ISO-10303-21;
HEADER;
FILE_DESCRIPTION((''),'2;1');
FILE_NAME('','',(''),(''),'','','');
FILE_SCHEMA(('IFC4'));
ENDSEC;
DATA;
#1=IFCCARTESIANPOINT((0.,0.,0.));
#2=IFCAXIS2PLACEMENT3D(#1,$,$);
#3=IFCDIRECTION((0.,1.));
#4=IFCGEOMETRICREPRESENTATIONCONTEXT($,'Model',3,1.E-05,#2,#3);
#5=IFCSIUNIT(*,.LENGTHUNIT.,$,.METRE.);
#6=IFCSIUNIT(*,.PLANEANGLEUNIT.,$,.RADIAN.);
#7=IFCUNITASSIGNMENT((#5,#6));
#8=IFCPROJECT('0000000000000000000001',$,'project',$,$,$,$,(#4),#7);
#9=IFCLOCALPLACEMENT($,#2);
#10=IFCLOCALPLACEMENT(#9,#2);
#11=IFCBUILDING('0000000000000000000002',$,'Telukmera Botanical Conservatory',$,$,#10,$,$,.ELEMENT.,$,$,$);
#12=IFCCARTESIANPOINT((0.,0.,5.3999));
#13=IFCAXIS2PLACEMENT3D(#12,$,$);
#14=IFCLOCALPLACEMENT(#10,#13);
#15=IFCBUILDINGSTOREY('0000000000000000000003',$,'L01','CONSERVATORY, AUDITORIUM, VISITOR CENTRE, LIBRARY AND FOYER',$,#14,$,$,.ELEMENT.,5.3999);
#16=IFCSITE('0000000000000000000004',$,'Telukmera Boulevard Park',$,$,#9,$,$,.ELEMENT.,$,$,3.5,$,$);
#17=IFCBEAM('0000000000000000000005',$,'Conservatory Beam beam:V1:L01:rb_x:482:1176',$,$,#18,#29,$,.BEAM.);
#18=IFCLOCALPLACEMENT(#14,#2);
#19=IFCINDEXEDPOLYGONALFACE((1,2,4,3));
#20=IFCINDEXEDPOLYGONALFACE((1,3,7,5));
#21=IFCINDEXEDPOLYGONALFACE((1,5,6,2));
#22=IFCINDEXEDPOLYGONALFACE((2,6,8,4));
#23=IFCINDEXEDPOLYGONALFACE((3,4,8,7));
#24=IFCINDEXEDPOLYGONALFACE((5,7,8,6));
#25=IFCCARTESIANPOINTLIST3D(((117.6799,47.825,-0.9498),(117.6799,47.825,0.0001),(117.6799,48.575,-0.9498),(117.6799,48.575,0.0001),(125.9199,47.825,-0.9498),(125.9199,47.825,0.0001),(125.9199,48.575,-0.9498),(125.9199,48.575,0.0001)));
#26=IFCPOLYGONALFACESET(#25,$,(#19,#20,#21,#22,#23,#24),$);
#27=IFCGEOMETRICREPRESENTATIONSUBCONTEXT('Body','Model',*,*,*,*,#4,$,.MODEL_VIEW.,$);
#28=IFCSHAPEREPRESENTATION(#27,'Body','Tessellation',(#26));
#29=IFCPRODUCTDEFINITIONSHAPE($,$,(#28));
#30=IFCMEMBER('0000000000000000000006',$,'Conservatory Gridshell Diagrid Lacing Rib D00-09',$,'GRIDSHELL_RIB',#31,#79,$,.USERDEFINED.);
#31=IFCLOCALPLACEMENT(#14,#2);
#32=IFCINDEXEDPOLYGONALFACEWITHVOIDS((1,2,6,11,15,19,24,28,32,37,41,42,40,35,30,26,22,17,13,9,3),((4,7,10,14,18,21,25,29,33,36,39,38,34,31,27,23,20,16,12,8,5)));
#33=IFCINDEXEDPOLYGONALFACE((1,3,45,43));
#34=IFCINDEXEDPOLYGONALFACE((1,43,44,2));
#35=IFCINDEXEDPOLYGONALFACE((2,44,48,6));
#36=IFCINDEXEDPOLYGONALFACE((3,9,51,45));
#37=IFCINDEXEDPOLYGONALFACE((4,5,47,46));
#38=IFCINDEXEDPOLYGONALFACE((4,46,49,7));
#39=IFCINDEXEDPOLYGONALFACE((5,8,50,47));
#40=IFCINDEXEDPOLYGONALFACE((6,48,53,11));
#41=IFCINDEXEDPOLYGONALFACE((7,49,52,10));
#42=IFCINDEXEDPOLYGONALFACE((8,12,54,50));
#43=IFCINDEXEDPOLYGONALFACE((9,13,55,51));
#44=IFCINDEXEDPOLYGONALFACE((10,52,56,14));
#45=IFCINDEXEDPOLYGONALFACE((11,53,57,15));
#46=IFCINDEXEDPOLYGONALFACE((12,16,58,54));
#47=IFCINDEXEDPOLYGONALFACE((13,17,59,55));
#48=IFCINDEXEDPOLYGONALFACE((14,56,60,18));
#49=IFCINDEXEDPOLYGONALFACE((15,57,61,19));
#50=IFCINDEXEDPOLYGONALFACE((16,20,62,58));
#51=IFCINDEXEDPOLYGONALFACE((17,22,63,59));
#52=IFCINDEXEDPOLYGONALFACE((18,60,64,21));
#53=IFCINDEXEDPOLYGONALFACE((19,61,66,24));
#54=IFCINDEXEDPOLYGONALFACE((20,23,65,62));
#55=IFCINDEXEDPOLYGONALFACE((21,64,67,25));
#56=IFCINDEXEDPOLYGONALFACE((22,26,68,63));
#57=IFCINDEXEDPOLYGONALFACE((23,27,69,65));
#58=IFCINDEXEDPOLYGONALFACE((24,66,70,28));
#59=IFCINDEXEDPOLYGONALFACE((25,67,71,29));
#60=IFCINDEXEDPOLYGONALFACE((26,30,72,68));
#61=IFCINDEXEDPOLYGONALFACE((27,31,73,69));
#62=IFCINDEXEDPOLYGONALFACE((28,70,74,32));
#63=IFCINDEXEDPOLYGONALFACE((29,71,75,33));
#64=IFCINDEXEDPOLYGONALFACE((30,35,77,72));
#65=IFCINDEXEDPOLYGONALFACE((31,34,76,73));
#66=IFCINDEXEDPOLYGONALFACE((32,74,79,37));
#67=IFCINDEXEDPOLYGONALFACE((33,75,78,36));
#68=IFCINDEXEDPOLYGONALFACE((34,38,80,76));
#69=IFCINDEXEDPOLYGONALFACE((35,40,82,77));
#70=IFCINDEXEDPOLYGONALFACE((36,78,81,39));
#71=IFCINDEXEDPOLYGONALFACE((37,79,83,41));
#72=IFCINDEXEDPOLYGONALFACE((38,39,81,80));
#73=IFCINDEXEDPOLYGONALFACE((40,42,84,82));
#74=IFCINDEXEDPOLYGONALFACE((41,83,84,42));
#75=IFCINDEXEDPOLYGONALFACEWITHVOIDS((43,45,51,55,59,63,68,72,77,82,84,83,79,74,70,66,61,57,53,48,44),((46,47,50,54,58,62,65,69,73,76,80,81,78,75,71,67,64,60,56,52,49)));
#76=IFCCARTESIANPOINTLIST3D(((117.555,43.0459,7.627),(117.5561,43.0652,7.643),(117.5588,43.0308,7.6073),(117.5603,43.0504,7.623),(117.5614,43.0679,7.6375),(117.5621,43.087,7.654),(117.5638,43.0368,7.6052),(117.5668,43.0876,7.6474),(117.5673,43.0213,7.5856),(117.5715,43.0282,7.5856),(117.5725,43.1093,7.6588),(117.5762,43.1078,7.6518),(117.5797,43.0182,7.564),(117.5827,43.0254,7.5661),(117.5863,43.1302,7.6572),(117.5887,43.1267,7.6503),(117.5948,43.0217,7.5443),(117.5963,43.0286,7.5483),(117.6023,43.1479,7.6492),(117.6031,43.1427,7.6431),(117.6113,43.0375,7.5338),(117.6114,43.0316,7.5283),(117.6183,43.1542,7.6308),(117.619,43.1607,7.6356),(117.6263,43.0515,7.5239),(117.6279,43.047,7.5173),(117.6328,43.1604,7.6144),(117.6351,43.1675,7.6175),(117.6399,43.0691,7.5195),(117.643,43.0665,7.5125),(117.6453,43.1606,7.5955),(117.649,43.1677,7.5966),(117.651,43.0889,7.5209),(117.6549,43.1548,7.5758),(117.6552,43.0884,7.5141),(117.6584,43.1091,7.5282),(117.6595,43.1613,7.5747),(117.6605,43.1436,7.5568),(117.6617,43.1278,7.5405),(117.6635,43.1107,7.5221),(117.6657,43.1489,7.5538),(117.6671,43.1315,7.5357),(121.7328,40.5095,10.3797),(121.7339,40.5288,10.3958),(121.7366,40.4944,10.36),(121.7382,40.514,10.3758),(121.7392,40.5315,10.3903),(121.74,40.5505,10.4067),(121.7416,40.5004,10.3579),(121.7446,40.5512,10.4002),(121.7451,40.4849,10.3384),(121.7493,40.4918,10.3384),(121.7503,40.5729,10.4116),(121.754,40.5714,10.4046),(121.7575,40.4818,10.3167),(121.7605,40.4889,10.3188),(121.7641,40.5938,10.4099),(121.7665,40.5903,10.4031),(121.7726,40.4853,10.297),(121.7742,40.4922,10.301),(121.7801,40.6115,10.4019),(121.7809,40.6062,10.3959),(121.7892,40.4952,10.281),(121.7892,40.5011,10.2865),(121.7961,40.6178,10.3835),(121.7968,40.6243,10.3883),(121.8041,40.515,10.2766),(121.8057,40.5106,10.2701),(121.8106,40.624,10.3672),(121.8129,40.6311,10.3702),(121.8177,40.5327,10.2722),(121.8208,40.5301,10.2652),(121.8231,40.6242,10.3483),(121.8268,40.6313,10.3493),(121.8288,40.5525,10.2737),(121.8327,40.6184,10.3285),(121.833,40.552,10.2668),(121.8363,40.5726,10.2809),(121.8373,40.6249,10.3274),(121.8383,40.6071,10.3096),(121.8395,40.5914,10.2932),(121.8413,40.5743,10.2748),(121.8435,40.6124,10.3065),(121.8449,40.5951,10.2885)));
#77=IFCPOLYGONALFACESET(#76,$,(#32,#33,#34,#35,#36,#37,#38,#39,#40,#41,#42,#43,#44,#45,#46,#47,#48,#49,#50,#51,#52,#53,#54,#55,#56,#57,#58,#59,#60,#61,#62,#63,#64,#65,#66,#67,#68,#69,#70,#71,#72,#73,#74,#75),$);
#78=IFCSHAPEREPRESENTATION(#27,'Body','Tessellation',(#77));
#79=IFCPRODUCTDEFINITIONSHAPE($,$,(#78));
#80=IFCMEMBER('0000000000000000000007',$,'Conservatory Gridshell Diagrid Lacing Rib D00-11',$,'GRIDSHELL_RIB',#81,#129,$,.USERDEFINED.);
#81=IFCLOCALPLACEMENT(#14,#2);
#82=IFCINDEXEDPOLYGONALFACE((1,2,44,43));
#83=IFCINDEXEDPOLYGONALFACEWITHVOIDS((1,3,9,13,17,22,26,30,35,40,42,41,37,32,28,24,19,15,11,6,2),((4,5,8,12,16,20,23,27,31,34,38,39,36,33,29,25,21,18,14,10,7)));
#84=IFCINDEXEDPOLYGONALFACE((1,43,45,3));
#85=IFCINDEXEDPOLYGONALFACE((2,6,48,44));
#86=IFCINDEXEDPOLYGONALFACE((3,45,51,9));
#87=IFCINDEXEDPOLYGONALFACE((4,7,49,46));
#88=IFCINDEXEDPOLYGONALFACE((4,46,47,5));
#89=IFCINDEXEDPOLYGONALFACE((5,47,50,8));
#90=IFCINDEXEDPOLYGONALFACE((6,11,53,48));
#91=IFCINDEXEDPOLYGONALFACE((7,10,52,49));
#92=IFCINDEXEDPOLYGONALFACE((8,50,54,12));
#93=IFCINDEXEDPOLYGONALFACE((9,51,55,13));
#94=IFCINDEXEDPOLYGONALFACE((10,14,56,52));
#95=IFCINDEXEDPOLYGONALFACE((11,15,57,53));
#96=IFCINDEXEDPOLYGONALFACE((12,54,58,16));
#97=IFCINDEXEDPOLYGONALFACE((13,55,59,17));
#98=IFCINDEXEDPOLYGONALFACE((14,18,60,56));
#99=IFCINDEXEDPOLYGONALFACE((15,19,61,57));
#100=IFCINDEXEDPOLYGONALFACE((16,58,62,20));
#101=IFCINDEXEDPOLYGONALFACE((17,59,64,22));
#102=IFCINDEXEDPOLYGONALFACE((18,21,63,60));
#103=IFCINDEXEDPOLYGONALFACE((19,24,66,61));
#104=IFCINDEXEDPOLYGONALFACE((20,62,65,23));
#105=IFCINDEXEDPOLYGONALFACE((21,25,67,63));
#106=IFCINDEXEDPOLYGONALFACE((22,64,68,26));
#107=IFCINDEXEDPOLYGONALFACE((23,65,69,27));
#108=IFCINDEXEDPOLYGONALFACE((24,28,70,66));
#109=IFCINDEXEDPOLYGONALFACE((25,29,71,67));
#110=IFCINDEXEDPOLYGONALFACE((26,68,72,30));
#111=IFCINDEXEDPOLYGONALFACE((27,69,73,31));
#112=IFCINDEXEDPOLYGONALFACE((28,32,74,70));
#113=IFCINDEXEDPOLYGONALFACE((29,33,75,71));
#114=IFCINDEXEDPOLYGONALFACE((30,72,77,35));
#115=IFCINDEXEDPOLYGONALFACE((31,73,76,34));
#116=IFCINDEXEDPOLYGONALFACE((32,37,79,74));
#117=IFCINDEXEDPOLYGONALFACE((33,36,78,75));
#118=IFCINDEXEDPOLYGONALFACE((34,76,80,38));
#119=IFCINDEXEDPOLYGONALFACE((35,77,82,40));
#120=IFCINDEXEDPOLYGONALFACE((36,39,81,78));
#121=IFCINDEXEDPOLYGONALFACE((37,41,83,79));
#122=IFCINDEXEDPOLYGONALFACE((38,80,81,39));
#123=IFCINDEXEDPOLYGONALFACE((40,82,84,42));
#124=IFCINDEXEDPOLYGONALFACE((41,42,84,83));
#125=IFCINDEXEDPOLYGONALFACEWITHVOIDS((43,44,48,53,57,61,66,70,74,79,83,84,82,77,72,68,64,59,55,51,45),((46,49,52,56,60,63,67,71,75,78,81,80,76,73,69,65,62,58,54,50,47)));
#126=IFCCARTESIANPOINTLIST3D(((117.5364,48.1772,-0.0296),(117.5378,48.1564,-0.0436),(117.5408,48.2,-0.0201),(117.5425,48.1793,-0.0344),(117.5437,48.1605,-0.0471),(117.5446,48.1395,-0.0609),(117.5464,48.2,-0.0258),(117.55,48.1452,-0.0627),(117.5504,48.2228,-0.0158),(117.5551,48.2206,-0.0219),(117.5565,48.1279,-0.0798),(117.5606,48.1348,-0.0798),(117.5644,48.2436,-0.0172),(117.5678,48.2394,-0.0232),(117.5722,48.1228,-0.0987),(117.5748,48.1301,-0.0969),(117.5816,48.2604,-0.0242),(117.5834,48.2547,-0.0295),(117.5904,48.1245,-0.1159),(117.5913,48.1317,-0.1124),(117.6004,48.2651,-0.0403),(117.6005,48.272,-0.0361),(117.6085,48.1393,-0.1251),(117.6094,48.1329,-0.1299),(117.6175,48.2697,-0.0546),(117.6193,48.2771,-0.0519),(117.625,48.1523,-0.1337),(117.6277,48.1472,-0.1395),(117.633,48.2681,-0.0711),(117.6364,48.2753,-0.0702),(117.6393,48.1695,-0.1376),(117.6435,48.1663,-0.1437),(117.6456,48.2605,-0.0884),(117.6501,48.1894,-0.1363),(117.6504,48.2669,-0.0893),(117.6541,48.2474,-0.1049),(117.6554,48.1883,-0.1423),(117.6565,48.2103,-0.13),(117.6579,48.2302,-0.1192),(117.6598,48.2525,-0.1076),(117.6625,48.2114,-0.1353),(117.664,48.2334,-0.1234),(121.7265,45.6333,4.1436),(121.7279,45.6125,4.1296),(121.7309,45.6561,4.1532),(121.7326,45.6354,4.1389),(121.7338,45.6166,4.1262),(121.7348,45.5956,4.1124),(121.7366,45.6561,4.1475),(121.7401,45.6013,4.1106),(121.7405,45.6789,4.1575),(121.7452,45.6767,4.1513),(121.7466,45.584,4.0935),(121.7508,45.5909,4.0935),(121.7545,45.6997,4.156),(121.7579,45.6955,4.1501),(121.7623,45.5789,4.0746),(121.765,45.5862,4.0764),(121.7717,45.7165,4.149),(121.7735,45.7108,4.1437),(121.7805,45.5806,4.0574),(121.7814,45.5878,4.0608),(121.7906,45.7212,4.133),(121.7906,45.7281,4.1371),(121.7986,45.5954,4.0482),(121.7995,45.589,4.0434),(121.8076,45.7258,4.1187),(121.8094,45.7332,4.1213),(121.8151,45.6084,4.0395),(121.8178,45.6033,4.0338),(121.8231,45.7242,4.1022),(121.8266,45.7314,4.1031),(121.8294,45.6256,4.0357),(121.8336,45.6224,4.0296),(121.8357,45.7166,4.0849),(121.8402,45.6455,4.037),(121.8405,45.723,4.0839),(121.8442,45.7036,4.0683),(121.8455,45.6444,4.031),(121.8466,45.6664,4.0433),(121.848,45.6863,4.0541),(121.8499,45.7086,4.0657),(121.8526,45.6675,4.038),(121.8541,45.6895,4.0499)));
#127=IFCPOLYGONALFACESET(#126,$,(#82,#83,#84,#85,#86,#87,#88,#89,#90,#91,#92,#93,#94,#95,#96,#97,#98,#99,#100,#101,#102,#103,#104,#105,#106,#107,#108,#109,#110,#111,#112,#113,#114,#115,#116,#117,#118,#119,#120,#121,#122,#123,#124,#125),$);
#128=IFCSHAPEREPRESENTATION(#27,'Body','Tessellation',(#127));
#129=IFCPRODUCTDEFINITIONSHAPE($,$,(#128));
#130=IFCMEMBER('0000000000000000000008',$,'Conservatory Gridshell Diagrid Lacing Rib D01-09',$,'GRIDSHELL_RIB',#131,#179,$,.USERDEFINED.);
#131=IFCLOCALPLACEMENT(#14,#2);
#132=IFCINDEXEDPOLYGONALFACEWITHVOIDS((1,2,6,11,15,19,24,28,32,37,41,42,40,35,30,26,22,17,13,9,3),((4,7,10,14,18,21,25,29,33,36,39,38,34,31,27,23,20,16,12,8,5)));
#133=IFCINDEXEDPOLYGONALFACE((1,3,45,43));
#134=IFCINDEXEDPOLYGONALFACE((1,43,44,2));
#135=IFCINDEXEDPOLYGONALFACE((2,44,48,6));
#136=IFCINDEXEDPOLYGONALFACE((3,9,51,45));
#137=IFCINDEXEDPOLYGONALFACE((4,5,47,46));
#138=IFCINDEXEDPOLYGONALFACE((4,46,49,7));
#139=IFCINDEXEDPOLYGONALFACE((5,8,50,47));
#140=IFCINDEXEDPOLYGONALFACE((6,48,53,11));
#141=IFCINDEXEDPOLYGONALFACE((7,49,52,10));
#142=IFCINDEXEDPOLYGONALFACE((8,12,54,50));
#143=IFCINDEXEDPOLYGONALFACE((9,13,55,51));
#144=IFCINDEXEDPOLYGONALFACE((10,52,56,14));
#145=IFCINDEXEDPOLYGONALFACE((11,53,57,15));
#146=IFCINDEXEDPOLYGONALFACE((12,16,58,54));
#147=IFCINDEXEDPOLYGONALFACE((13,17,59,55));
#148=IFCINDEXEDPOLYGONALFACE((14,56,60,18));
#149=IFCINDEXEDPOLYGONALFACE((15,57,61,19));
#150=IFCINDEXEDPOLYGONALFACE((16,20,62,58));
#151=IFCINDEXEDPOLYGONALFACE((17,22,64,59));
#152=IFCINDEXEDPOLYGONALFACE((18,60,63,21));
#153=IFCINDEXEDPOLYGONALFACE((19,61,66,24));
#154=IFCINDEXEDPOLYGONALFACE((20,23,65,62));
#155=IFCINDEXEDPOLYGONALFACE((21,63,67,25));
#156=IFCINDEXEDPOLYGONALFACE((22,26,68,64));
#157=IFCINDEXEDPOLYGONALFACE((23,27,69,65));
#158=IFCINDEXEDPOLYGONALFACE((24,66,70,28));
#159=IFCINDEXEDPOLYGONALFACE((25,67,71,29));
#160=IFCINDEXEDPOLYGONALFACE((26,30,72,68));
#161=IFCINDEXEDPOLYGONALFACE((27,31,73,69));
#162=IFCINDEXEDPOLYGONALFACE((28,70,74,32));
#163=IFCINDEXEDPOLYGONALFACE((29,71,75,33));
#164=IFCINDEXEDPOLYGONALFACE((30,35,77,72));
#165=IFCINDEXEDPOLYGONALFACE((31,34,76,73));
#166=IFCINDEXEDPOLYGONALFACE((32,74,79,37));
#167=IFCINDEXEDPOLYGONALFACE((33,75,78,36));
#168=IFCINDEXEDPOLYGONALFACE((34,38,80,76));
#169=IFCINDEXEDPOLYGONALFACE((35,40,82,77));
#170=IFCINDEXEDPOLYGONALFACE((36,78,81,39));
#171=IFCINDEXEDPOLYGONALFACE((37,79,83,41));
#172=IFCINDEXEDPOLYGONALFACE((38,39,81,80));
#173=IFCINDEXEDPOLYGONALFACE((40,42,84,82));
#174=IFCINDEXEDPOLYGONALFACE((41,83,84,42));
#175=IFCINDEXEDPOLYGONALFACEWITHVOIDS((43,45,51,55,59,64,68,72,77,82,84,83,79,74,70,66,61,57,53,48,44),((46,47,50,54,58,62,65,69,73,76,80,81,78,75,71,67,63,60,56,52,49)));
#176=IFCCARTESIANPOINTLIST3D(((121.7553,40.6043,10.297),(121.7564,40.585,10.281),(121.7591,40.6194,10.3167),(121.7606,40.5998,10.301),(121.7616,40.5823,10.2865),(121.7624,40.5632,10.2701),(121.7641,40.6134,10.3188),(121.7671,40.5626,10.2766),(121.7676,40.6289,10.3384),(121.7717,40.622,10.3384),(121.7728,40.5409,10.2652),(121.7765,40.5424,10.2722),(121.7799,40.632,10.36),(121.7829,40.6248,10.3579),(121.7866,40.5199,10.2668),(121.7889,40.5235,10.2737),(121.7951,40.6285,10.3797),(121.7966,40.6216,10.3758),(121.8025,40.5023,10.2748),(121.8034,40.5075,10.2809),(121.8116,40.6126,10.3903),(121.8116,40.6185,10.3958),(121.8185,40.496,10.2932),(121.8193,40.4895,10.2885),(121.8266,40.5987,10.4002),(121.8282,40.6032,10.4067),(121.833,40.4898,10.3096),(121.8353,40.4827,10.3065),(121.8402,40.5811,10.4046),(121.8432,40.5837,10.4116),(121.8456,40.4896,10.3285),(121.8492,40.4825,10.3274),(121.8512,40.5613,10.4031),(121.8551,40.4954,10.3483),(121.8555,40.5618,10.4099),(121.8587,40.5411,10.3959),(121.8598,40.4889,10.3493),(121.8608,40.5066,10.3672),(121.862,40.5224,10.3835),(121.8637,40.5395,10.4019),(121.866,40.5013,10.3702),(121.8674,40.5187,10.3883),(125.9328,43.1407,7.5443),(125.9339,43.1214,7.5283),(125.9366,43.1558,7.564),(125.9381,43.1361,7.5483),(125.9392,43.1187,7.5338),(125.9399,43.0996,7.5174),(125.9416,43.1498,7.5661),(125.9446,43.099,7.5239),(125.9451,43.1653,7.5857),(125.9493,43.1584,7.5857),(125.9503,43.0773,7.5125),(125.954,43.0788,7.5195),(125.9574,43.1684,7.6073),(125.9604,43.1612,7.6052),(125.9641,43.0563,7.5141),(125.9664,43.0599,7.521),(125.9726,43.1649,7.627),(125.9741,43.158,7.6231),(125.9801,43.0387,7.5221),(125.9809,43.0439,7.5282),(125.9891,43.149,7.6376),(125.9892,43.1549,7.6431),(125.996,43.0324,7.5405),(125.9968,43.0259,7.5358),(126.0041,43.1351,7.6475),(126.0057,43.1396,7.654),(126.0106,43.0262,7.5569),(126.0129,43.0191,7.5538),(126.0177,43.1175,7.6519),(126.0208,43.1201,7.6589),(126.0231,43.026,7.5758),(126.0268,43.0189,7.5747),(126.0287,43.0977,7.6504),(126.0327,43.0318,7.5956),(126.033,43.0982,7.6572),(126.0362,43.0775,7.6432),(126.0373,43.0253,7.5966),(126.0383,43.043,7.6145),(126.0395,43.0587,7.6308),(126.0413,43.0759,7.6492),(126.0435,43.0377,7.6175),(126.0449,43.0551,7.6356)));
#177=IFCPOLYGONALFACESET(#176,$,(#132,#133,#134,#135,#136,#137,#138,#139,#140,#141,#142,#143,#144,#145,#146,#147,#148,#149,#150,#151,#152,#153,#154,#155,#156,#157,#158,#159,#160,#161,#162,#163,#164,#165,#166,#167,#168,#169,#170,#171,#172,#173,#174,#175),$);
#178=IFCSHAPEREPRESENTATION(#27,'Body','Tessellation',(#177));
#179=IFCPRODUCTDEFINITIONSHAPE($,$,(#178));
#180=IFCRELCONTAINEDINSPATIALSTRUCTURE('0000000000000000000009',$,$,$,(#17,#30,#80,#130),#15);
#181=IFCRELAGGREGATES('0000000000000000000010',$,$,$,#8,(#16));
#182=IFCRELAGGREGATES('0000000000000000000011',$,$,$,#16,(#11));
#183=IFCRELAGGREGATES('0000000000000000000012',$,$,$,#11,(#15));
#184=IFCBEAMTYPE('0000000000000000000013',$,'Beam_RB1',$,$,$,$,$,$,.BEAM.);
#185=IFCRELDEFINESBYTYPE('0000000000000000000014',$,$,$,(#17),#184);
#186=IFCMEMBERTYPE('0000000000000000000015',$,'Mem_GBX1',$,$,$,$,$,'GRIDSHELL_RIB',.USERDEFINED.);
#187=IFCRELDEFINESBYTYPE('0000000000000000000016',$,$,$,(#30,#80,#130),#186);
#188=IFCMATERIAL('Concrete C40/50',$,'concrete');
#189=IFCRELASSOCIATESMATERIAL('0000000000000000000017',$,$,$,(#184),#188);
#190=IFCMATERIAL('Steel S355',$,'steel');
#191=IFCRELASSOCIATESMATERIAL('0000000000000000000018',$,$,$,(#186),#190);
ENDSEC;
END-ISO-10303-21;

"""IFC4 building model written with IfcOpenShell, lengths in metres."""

from ifc_helpers import new_model, si_unit, direction, frame, origin, origin_2d, place, context, subcontext, project, spatial, rectangle, hollow_circle, extrude, material, material_profile, profile_set, type_object, element, save


model = new_model("IFC4")

# Units and contexts
model_context = context("Model", 3, precision=1e-05, world=origin(), true_north=direction((0.0, 1.0)))
body_context = subcontext(model_context, "Body", "Model", "MODEL_VIEW")
ifc_project = project(units=[si_unit("LENGTHUNIT", "METRE"), si_unit("PLANEANGLEUNIT", "RADIAN")], contexts=[model_context])

# Site, building, storey
site_placement = place(None, origin())
site = spatial("IfcSite", under=ifc_project, at=site_placement, Name="Telukmera Boulevard Park", CompositionType="ELEMENT", RefElevation=3.5)
building_placement = place(site_placement, origin())
building = spatial("IfcBuilding", under=site, at=building_placement, Name="Telukmera Botanical Conservatory", CompositionType="ELEMENT")
storey_placement = place(building_placement, frame((0.0, 0.0, 5.3999)))
storey = spatial("IfcBuildingStorey", under=building, at=storey_placement, Name="L01", Description="CONSERVATORY, AUDITORIUM, VISITOR CENTRE, LIBRARY AND FOYER", CompositionType="ELEMENT", Elevation=5.3999)

# Beam
ifc_material_1 = material(Name="Concrete C40/50", Category="concrete")
ifc_material_profile_1 = material_profile(ifc_material_1, rectangle(XDim=0.75, YDim=0.95, at=origin_2d()), Name="RC 750x950")
ifc_profile_set_1 = profile_set([ifc_material_profile_1], Name="Concrete C40/50")
beam_type = type_object("IfcBeamType", Name="Beam_RB1", PredefinedType="BEAM", material=ifc_profile_set_1)
beam_placement = place(storey_placement, frame((117.6799, 48.2, -0.4749), z_axis=(1.0, 0.0, 0.0), x_axis=(0.0, 1.0, 0.0)))
element("IfcBeam", 1, at=beam_placement, inside=storey, type_object=beam_type, Name="Conservatory Beam beam:V1:L01:rb_x:482:1176", PredefinedType="BEAM", context=body_context, shape_type="SweptSolid", body=[
    extrude(rectangle(XDim=0.75, YDim=0.95, at=origin_2d()), origin(), (0.0, 0.0, 1.0), 8.24),
])

# Members
ifc_material_2 = material(Name="Steel S355", Category="steel")
ifc_material_profile_2 = material_profile(ifc_material_2, hollow_circle(Radius=0.0842, WallThickness=0.0081, at=origin_2d()), Name="CHS 168.3x8.0")
ifc_profile_set_2 = profile_set([ifc_material_profile_2], Name="Steel S355")
member_type_1 = type_object("IfcMemberType", Name="Mem_GBX1", ElementType="GRIDSHELL_RIB", PredefinedType="USERDEFINED", material=ifc_profile_set_2)
member_1_placement = place(storey_placement, frame((121.7888, 40.5569, 10.3384), z_axis=(-0.744791, 0.452176, -0.490738), x_axis=(-0.518962, -0.854797, 0.0)))
element("IfcMember", 2, at=member_1_placement, inside=storey, type_object=member_type_1, Name="Conservatory Gridshell Diagrid Lacing Rib D00-09", ObjectType="GRIDSHELL_RIB", PredefinedType="USERDEFINED", context=body_context, shape_type="SweptSolid", body=[
    extrude(hollow_circle(Radius=0.0842, WallThickness=0.0081, at=origin_2d()), origin(), (0.0, 0.0, 1.0), 5.6094),
])
member_2_placement = place(storey_placement, frame((121.7903, 45.656, 4.0935), z_axis=(-0.650866, 0.395154, -0.648249), x_axis=(-0.518964, -0.854796, 0.0)))
element("IfcMember", 3, at=member_2_placement, inside=storey, type_object=member_type_1, Name="Conservatory Gridshell Diagrid Lacing Rib D00-11", ObjectType="GRIDSHELL_RIB", PredefinedType="USERDEFINED", context=body_context, shape_type="SweptSolid", body=[
    extrude(hollow_circle(Radius=0.0842, WallThickness=0.0081, at=origin_2d()), origin(), (0.0, 0.0, 1.0), 6.4377),
])
member_3_placement = place(storey_placement, frame((121.8113, 40.5569, 10.3384), z_axis=(0.744771, 0.45219, -0.490754), x_axis=(-0.518985, 0.854784, 0.0)))
element("IfcMember", 4, at=member_3_placement, inside=storey, type_object=member_type_1, Name="Conservatory Gridshell Diagrid Lacing Rib D01-09", ObjectType="GRIDSHELL_RIB", PredefinedType="USERDEFINED", context=body_context, shape_type="SweptSolid", body=[
    extrude(hollow_circle(Radius=0.0842, WallThickness=0.0081, at=origin_2d()), origin(), (0.0, 0.0, 1.0), 5.6091),
])

save(model, "model.ifc")
